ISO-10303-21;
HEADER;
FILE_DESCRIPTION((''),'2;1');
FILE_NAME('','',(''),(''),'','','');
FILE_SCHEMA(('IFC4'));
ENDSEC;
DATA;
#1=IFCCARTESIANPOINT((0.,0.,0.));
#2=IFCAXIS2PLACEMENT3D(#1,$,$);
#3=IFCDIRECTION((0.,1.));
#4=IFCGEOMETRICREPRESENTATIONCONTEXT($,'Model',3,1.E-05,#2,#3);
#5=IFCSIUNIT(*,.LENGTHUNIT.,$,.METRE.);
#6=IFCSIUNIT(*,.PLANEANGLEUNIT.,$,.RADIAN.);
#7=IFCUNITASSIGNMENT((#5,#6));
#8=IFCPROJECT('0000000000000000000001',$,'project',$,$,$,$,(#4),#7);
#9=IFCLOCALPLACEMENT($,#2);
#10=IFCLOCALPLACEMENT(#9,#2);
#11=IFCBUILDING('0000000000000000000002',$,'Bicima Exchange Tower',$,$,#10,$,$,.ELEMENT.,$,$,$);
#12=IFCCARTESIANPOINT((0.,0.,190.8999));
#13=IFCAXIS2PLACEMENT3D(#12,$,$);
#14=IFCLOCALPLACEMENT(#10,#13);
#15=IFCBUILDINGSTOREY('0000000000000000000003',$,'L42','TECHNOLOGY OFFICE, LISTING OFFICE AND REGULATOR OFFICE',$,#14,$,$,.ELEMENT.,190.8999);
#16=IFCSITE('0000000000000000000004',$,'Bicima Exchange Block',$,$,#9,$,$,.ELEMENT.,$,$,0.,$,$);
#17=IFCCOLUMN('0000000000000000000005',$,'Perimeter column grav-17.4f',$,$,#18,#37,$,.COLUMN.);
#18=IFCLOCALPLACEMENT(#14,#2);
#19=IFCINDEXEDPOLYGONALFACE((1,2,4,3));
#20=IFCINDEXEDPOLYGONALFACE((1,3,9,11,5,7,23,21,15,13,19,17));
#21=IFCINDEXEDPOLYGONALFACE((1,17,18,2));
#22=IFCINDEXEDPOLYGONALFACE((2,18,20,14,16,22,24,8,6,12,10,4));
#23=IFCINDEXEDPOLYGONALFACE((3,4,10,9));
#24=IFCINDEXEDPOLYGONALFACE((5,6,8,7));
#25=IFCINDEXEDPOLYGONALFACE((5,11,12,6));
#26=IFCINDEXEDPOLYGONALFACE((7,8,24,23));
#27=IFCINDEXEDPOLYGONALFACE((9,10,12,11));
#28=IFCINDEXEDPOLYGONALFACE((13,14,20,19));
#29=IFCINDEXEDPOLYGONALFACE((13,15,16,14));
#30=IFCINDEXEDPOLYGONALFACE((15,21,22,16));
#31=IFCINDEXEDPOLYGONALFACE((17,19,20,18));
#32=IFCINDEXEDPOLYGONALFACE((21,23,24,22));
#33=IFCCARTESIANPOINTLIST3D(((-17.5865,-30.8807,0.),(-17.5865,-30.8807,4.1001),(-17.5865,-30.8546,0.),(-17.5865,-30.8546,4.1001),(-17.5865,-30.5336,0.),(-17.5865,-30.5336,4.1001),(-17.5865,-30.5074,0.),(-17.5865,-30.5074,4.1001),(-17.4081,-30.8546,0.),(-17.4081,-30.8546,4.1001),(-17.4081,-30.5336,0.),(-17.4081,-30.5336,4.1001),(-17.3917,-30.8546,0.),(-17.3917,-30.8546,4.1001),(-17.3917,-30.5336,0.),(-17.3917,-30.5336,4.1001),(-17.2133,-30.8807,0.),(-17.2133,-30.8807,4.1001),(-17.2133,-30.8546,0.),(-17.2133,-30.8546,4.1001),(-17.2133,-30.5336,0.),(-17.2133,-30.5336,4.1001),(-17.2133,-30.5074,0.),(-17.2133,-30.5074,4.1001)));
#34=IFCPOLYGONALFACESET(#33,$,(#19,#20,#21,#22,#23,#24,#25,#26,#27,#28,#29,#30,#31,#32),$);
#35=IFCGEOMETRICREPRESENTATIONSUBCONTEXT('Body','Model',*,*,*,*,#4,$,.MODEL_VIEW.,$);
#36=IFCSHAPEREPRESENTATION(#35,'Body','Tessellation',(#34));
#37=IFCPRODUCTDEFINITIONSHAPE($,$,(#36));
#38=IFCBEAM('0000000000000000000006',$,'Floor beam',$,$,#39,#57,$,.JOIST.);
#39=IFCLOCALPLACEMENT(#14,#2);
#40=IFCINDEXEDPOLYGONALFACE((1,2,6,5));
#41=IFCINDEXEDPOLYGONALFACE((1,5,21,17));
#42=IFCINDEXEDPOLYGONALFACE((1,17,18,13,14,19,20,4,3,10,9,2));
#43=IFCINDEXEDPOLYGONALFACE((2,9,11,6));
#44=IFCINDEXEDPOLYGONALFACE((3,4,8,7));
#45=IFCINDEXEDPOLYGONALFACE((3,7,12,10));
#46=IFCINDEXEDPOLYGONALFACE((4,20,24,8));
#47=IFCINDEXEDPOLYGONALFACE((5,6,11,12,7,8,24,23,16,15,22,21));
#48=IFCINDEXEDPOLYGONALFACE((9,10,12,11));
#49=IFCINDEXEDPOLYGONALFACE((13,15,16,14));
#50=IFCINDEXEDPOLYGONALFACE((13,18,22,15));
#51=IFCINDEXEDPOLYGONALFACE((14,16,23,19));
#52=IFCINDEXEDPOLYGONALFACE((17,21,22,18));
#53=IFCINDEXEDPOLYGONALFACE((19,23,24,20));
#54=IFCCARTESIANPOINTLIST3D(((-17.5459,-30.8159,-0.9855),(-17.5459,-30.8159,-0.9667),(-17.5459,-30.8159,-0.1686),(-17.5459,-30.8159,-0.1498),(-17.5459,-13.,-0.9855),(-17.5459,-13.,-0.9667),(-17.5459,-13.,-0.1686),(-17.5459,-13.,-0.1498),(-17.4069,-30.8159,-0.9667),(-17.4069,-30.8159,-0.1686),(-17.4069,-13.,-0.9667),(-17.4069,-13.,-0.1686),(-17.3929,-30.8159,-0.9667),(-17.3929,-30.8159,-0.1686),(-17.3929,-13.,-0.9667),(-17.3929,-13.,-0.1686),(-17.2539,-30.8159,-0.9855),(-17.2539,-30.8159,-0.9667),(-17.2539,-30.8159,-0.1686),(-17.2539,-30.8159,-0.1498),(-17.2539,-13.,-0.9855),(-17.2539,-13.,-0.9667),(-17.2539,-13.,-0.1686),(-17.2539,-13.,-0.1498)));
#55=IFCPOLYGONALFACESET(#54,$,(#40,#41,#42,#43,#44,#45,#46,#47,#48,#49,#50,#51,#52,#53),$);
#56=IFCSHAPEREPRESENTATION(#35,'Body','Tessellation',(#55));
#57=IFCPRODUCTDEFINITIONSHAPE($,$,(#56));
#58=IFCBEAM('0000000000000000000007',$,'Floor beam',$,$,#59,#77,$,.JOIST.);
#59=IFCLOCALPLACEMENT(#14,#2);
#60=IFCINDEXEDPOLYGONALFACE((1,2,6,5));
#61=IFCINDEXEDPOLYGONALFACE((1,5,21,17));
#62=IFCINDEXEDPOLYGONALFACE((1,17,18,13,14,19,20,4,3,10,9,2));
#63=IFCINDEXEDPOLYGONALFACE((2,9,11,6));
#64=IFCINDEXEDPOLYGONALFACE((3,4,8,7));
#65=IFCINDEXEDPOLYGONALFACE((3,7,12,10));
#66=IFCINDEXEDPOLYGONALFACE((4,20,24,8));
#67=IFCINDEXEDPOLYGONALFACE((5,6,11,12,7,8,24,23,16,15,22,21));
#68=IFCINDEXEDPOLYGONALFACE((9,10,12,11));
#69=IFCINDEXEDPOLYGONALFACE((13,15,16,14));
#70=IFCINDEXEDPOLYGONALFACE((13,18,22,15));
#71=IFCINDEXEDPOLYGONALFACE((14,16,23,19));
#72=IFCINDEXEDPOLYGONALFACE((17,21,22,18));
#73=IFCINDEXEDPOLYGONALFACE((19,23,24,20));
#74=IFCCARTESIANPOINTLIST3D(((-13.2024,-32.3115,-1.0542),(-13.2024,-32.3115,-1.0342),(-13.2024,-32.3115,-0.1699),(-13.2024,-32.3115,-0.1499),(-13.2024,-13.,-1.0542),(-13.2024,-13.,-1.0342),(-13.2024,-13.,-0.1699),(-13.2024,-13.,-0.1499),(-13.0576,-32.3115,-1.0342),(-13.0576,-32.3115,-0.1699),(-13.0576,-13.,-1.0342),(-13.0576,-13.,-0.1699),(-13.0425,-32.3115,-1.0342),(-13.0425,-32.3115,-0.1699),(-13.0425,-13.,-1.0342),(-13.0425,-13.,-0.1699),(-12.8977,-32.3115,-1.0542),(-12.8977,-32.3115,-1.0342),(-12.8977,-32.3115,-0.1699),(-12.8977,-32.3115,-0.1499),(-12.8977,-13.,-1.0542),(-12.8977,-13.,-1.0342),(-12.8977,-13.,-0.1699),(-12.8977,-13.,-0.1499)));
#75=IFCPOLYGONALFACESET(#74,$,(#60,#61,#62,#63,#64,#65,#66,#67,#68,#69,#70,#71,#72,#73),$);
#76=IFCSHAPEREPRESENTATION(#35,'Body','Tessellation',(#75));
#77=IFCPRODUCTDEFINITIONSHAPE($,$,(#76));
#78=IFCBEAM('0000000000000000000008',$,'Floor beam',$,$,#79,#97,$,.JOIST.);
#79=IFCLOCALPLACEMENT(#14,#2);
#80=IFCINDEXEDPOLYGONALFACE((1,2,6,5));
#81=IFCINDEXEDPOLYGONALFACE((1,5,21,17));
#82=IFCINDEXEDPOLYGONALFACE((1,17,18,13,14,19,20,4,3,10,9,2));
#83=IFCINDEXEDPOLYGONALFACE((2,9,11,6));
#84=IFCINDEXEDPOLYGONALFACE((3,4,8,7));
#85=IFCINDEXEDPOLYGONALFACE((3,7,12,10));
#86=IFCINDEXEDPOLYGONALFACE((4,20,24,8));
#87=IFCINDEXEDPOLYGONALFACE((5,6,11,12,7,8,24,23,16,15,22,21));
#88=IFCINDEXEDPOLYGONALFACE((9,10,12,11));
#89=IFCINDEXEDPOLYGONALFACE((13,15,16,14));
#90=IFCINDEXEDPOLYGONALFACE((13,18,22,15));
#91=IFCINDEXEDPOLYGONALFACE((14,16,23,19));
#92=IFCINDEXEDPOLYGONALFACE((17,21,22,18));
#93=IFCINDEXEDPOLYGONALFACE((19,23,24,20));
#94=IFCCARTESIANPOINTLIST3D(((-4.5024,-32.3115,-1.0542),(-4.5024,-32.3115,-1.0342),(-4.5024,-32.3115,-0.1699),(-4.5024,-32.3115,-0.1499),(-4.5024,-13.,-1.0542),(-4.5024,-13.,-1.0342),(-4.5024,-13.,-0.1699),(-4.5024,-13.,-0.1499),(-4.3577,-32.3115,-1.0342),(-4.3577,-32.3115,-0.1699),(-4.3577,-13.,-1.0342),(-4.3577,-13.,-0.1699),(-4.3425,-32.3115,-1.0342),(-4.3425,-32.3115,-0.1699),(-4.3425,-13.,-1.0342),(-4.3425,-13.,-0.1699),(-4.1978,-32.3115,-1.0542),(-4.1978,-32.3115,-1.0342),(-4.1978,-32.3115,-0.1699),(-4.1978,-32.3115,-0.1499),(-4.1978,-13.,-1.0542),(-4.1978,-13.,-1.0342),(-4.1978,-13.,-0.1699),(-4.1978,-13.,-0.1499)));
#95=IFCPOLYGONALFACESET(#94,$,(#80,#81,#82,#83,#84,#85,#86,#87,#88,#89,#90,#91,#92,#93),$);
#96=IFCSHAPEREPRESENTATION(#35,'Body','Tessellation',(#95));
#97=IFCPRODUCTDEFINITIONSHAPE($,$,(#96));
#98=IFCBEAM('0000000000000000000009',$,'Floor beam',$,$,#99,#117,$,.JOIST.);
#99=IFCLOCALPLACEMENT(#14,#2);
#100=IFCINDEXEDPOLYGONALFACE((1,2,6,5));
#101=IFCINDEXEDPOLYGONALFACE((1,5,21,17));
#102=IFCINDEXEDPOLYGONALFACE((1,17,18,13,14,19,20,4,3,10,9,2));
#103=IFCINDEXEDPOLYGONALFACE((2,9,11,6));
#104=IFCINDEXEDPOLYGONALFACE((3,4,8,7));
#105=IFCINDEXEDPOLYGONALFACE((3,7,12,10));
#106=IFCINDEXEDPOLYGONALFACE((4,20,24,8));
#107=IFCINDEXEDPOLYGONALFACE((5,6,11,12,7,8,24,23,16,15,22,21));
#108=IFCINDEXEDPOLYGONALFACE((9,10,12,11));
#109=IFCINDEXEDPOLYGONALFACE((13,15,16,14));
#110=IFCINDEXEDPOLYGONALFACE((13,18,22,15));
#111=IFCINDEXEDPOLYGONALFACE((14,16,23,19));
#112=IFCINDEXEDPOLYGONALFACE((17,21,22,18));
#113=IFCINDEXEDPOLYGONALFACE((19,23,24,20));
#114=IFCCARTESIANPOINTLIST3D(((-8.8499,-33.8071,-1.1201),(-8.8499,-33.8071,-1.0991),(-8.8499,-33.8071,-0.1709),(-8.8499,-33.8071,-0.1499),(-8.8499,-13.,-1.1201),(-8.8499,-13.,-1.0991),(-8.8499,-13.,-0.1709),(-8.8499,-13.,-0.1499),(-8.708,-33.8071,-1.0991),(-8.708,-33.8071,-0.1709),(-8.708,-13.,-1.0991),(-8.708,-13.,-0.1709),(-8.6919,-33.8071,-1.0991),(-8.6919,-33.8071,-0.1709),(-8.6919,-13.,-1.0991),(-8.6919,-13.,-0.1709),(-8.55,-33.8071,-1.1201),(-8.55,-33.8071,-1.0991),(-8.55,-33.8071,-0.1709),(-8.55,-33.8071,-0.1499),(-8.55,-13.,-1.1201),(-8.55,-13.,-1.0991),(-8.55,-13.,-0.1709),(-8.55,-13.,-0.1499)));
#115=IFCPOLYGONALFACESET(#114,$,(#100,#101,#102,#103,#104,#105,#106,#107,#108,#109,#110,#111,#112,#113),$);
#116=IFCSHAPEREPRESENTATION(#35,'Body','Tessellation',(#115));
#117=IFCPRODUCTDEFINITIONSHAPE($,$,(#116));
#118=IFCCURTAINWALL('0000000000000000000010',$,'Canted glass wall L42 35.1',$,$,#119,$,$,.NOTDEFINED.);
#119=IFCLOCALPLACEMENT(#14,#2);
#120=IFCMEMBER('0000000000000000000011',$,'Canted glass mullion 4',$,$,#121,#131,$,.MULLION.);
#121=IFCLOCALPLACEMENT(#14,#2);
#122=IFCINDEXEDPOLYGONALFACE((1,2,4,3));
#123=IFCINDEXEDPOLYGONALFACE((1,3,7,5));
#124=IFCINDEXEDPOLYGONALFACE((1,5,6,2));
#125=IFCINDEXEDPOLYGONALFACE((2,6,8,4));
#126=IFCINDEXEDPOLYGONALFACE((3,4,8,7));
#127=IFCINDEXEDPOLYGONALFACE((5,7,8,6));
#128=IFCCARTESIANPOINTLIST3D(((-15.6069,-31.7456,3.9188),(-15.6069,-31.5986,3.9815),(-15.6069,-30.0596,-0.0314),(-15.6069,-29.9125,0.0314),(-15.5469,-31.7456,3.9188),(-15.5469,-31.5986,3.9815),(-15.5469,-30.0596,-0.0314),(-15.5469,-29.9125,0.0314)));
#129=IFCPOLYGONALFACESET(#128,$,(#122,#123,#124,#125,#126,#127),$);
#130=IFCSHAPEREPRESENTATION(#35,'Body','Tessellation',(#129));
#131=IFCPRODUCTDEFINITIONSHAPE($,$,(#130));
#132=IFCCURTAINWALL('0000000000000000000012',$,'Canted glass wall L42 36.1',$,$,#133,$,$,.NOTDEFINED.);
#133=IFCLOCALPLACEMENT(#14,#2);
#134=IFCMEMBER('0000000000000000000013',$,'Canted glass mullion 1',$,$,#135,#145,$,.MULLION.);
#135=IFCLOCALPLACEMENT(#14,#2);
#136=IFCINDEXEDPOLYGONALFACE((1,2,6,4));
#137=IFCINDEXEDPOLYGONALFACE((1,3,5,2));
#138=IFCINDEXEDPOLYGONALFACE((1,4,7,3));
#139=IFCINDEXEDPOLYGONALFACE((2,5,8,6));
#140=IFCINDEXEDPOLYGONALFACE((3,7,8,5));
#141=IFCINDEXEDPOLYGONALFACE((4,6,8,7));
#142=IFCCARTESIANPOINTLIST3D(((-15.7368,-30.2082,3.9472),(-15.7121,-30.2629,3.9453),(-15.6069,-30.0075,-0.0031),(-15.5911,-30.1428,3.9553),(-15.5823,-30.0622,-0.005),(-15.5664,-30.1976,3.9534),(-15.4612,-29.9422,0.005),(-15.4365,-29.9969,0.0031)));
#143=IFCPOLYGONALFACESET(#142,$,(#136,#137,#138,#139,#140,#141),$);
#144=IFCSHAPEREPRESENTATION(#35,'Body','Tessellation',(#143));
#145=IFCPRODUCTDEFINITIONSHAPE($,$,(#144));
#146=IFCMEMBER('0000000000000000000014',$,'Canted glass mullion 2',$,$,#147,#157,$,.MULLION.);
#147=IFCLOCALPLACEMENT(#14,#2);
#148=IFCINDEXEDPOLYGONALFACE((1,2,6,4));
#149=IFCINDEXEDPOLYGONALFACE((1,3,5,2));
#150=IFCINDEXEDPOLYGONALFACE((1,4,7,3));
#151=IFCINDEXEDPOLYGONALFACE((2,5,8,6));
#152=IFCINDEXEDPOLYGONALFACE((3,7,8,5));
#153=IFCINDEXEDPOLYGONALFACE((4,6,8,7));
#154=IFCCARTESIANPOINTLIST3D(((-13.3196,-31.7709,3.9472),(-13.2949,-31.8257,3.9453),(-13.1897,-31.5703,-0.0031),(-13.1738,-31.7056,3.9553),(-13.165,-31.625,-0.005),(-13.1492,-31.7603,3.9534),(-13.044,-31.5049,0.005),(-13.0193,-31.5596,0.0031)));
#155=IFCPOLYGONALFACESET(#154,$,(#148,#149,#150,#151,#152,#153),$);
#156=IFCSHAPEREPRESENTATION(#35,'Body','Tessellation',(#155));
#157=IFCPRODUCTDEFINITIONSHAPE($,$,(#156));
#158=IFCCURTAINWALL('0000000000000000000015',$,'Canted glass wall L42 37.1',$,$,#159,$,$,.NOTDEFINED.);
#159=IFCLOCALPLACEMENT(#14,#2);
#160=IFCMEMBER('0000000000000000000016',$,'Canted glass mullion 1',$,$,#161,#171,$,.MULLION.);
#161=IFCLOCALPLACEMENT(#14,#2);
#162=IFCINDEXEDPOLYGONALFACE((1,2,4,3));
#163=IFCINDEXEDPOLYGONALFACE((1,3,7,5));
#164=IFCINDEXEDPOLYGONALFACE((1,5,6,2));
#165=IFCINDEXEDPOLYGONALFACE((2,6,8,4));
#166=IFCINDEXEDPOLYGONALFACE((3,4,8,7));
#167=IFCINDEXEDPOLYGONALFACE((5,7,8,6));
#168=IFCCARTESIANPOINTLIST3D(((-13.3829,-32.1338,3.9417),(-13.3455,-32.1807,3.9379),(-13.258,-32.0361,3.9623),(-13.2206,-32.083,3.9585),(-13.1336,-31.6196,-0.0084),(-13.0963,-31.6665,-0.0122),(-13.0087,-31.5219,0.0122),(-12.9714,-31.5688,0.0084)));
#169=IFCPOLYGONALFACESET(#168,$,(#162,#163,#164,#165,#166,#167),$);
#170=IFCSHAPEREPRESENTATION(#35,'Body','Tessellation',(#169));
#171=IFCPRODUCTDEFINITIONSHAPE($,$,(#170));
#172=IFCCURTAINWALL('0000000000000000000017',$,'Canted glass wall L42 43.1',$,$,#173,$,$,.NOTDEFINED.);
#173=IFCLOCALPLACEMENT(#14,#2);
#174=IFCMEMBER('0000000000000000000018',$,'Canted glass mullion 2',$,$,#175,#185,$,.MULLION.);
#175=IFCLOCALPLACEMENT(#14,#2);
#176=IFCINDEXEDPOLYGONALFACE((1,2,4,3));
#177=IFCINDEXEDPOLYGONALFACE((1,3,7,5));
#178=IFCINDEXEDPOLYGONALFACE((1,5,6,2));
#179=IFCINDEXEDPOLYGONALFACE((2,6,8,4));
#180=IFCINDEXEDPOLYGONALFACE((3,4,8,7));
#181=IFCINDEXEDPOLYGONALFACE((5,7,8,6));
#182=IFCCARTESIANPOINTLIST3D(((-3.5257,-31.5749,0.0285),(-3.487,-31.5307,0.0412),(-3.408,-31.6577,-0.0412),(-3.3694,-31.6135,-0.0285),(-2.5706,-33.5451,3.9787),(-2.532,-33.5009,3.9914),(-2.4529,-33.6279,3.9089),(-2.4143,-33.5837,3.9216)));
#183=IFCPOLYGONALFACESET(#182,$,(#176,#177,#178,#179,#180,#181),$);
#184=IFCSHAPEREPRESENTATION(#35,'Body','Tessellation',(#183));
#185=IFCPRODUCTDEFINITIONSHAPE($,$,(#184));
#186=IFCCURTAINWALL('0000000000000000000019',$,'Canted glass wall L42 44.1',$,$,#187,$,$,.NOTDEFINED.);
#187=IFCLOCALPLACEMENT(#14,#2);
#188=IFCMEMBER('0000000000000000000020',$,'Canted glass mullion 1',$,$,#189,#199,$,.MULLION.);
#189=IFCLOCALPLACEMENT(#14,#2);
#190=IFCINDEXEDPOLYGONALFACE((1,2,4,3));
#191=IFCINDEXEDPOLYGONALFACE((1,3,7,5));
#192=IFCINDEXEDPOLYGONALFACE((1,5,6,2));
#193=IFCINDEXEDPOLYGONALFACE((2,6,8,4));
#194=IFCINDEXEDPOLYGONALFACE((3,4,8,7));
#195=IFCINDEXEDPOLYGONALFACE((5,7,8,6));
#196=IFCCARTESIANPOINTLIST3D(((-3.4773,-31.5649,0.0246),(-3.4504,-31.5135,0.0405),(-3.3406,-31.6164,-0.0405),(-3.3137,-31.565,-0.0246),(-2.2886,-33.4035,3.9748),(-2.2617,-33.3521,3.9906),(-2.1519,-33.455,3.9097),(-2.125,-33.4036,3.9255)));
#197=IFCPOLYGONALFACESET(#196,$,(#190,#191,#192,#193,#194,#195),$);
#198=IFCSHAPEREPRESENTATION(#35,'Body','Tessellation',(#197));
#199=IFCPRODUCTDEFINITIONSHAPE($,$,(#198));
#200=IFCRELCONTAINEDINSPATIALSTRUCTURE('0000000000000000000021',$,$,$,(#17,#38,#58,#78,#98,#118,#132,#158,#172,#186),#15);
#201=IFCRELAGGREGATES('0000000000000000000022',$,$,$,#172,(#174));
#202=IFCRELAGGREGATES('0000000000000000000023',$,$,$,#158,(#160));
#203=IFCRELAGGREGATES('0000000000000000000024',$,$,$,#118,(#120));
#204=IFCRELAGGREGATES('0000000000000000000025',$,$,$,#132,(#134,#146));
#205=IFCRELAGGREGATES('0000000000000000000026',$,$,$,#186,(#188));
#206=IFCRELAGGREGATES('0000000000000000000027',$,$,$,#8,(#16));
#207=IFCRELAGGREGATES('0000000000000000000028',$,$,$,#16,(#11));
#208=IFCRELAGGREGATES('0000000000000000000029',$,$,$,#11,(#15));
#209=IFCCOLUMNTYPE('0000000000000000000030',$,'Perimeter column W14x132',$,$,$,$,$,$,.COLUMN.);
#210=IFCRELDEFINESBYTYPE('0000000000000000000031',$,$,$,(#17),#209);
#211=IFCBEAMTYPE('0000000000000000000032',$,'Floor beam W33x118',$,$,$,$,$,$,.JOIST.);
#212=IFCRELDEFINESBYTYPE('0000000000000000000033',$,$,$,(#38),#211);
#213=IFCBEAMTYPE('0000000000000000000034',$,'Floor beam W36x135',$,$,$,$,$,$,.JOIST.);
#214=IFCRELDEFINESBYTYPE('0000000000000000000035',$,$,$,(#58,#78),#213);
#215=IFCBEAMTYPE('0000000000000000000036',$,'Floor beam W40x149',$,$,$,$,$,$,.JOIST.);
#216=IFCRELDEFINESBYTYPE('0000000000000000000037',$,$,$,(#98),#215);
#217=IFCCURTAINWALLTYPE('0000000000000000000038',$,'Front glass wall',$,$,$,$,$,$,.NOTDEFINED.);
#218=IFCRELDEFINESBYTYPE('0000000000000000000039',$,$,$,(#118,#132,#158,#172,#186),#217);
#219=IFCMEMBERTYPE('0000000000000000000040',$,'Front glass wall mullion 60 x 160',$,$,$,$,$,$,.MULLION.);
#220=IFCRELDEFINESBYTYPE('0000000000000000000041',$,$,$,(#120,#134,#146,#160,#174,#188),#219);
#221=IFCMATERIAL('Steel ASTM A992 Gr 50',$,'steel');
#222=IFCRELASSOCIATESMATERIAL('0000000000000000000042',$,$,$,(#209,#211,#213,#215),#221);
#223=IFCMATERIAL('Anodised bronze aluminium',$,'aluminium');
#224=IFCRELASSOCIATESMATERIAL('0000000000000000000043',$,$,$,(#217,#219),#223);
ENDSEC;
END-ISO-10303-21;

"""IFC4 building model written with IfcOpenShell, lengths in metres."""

from ifc_helpers import new_model, si_unit, direction, frame, origin, origin_2d, place, context, subcontext, project, spatial, rectangle, i_section, extrude, material, material_profile, profile_set, type_object, element, aggregate, save


model = new_model("IFC4")

# Units and contexts
model_context = context("Model", 3, precision=1e-05, world=origin(), true_north=direction((0.0, 1.0)))
body_context = subcontext(model_context, "Body", "Model", "MODEL_VIEW")
ifc_project = project(units=[si_unit("LENGTHUNIT", "METRE"), si_unit("PLANEANGLEUNIT", "RADIAN")], contexts=[model_context])

# Site, building, storey
site_placement = place(None, origin())
site = spatial("IfcSite", under=ifc_project, at=site_placement, Name="Bicima Exchange Block", CompositionType="ELEMENT", RefElevation=0.0)
building_placement = place(site_placement, origin())
building = spatial("IfcBuilding", under=site, at=building_placement, Name="Bicima Exchange Tower", CompositionType="ELEMENT")
storey_placement = place(building_placement, frame((0.0, 0.0, 190.8999)))
storey = spatial("IfcBuildingStorey", under=building, at=storey_placement, Name="L42", Description="TECHNOLOGY OFFICE, LISTING OFFICE AND REGULATOR OFFICE", CompositionType="ELEMENT", Elevation=190.8999)

# Column
ifc_material_1 = material(Name="Steel ASTM A992 Gr 50", Category="steel")
ifc_material_profile_1 = material_profile(ifc_material_1, i_section(OverallWidth=0.3733, OverallDepth=0.3733, WebThickness=0.0164, FlangeThickness=0.0261, at=origin_2d()))
ifc_profile_set_1 = profile_set([ifc_material_profile_1], Name="Steel ASTM A992 Gr 50")
column_type = type_object("IfcColumnType", Name="Perimeter column W14x132", PredefinedType="COLUMN", material=ifc_profile_set_1)
column_placement = place(storey_placement, frame((-17.3999, -30.6941, 0.0), z_axis=(0.0, 0.0, 1.0), x_axis=(1.0, 0.0, 0.0)))
element("IfcColumn", 1, at=column_placement, inside=storey, type_object=column_type, Name="Perimeter column grav-17.4f", PredefinedType="COLUMN", context=body_context, shape_type="SweptSolid", body=[
    extrude(i_section(OverallWidth=0.3733, OverallDepth=0.3733, WebThickness=0.0164, FlangeThickness=0.0261, at=origin_2d()), origin(), (0.0, 0.0, 1.0), 4.1001),
])

# Beams
ifc_material_profile_2 = material_profile(ifc_material_1, i_section(OverallWidth=0.292, OverallDepth=0.8357, WebThickness=0.0139, FlangeThickness=0.0188, at=origin_2d()))
ifc_profile_set_2 = profile_set([ifc_material_profile_2], Name="Steel ASTM A992 Gr 50")
beam_type_1 = type_object("IfcBeamType", Name="Floor beam W33x118", PredefinedType="JOIST", material=ifc_profile_set_2)
beam_1_placement = place(storey_placement, frame((-17.3999, -13.0, -0.5676), z_axis=(0.0, -1.0, 0.0), x_axis=(1.0, 0.0, 0.0)))
element("IfcBeam", 2, at=beam_1_placement, inside=storey, type_object=beam_type_1, Name="Floor beam", PredefinedType="JOIST", context=body_context, shape_type="SweptSolid", body=[
    extrude(i_section(OverallWidth=0.292, OverallDepth=0.8357, WebThickness=0.0139, FlangeThickness=0.0188, at=origin_2d()), origin(), (0.0, 0.0, 1.0), 17.8159),
])
ifc_material_profile_3 = material_profile(ifc_material_1, i_section(OverallWidth=0.3047, OverallDepth=0.9043, WebThickness=0.0151, FlangeThickness=0.02, at=origin_2d()))
ifc_profile_set_3 = profile_set([ifc_material_profile_3], Name="Steel ASTM A992 Gr 50")
beam_type_2 = type_object("IfcBeamType", Name="Floor beam W36x135", PredefinedType="JOIST", material=ifc_profile_set_3)
for number, where, z_axis, x_axis, name in (
    (3, (-13.05, -13.0, -0.6021), (0.0, -1.0, 0.0), (1.0, 0.0, 0.0), "Floor beam"),
    (4, (-4.3501, -13.0, -0.6021), (0.0, -1.0, 0.0), (1.0, 0.0, 0.0), "Floor beam"),
):
    element("IfcBeam", number, at=place(storey_placement, frame(where, z_axis=z_axis, x_axis=x_axis)), inside=storey, type_object=beam_type_2, Name=name, PredefinedType="JOIST", context=body_context, shape_type="SweptSolid", body=[
        extrude(i_section(OverallWidth=0.3047, OverallDepth=0.9043, WebThickness=0.0151, FlangeThickness=0.02, at=origin_2d()), origin(), (0.0, 0.0, 1.0), 19.3115),
    ])
ifc_material_profile_4 = material_profile(ifc_material_1, i_section(OverallWidth=0.2998, OverallDepth=0.9702, WebThickness=0.0161, FlangeThickness=0.021, at=origin_2d()))
ifc_profile_set_4 = profile_set([ifc_material_profile_4], Name="Steel ASTM A992 Gr 50")
beam_type_3 = type_object("IfcBeamType", Name="Floor beam W40x149", PredefinedType="JOIST", material=ifc_profile_set_4)
beam_2_placement = place(storey_placement, frame((-8.7, -13.0, -0.635), z_axis=(0.0, -1.0, 0.0), x_axis=(1.0, 0.0, 0.0)))
element("IfcBeam", 5, at=beam_2_placement, inside=storey, type_object=beam_type_3, Name="Floor beam", PredefinedType="JOIST", context=body_context, shape_type="SweptSolid", body=[
    extrude(i_section(OverallWidth=0.2998, OverallDepth=0.9702, WebThickness=0.0161, FlangeThickness=0.021, at=origin_2d()), origin(), (0.0, 0.0, 1.0), 20.8071),
])

# Curtain wall, member
ifc_material_2 = material(Name="Anodised bronze aluminium", Category="aluminium")
curtain_wall_type = type_object("IfcCurtainWallType", Name="Front glass wall", PredefinedType="NOTDEFINED", material=ifc_material_2)
curtain_wall_1_placement = place(storey_placement, origin())
curtain_wall_1 = element("IfcCurtainWall", 6, at=curtain_wall_1_placement, inside=storey, type_object=curtain_wall_type, Name="Canted glass wall L42 35.1", PredefinedType="NOTDEFINED")
ifc_material_profile_5 = material_profile(ifc_material_2, rectangle(XDim=0.1599, YDim=0.0601, at=origin_2d()))
ifc_profile_set_5 = profile_set([ifc_material_profile_5], Name="Anodised bronze aluminium")
member_type_1 = type_object("IfcMemberType", Name="Front glass wall mullion 60 x 160", PredefinedType="MULLION", material=ifc_profile_set_5)
member_1_placement = place(storey_placement, frame((-15.5769, -29.9861, 0.0), z_axis=(0.0, -0.392561, 0.919726), x_axis=(0.0, 0.919726, 0.392561)))
member_1 = element("IfcMember", 7, at=member_1_placement, type_object=member_type_1, Name="Canted glass mullion 4", PredefinedType="MULLION", context=body_context, shape_type="SweptSolid", body=[
    extrude(rectangle(XDim=0.1599, YDim=0.0601, at=origin_2d()), origin(), (0.0, 0.0, 1.0), 4.2949),
])

# Curtain wall, members
curtain_wall_2_placement = place(storey_placement, origin())
curtain_wall_2 = element("IfcCurtainWall", 8, at=curtain_wall_2_placement, inside=storey, type_object=curtain_wall_type, Name="Canted glass wall L42 36.1", PredefinedType="NOTDEFINED")
member_2_placement = place(storey_placement, frame((-15.5217, -30.0022, 0.0), z_axis=(-0.03282, -0.050711, 0.998174), x_axis=(0.911231, 0.408759, 0.050728)))
member_2 = element("IfcMember", 9, at=member_2_placement, type_object=member_type_1, Name="Canted glass mullion 1", PredefinedType="MULLION", context=body_context, shape_type="SweptSolid", body=[
    extrude(rectangle(XDim=0.1599, YDim=0.0601, at=origin_2d()), origin(), (0.0, 0.0, 1.0), 3.9575),
])
member_3_placement = place(storey_placement, frame((-13.1045, -31.5649, 0.0), z_axis=(-0.03282, -0.050711, 0.998174), x_axis=(0.911231, 0.408759, 0.050728)))
member_3 = element("IfcMember", 10, at=member_3_placement, type_object=member_type_1, Name="Canted glass mullion 2", PredefinedType="MULLION", context=body_context, shape_type="SweptSolid", body=[
    extrude(rectangle(XDim=0.1599, YDim=0.0601, at=origin_2d()), origin(), (0.0, 0.0, 1.0), 3.9575),
])

# Curtain walls, members
curtain_wall_3_placement = place(storey_placement, origin())
curtain_wall_3 = element("IfcCurtainWall", 11, at=curtain_wall_3_placement, inside=storey, type_object=curtain_wall_type, Name="Canted glass wall L42 37.1", PredefinedType="NOTDEFINED")
member_4_placement = place(storey_placement, frame((-13.0525, -31.5942, 0.0), z_axis=(-0.062453, -0.12882, 0.989699), x_axis=(0.781052, 0.611035, 0.128819)))
member_4 = element("IfcMember", 12, at=member_4_placement, type_object=member_type_1, Name="Canted glass mullion 1", PredefinedType="MULLION", context=body_context, shape_type="SweptSolid", body=[
    extrude(rectangle(XDim=0.1599, YDim=0.0601, at=origin_2d()), origin(), (0.0, 0.0, 1.0), 3.9912),
])
curtain_wall_4_placement = place(storey_placement, origin())
curtain_wall_4 = element("IfcCurtainWall", 13, at=curtain_wall_4_placement, inside=storey, type_object=curtain_wall_type, Name="Canted glass wall L42 43.1", PredefinedType="NOTDEFINED")
member_5_placement = place(storey_placement, frame((-3.4475, -31.5942, 0.0), z_axis=(0.211468, -0.436235, 0.874632), x_axis=(-0.735863, 0.517894, 0.436224)))
member_5 = element("IfcMember", 14, at=member_5_placement, type_object=member_type_1, Name="Canted glass mullion 2", PredefinedType="MULLION", context=body_context, shape_type="SweptSolid", body=[
    extrude(rectangle(XDim=0.1599, YDim=0.0601, at=origin_2d()), origin(), (0.0, 0.0, 1.0), 4.5164),
])
aggregate(curtain_wall_4, [member_5])
curtain_wall_5_placement = place(storey_placement, origin())
curtain_wall_5 = element("IfcCurtainWall", 15, at=curtain_wall_5_placement, inside=storey, type_object=curtain_wall_type, Name="Canted glass wall L42 44.1", PredefinedType="NOTDEFINED")
member_6_placement = place(storey_placement, frame((-3.3955, -31.5649, 0.0), z_axis=(0.263202, -0.407102, 0.874639), x_axis=(-0.854711, 0.322069, 0.407113)))
member_6 = element("IfcMember", 16, at=member_6_placement, type_object=member_type_1, Name="Canted glass mullion 1", PredefinedType="MULLION", context=body_context, shape_type="SweptSolid", body=[
    extrude(rectangle(XDim=0.1599, YDim=0.0601, at=origin_2d()), origin(), (0.0, 0.0, 1.0), 4.5164),
])

aggregate(curtain_wall_3, [member_4])
aggregate(curtain_wall_1, [member_1])
aggregate(curtain_wall_2, [member_2, member_3])
aggregate(curtain_wall_5, [member_6])

save(model, "model.ifc")
